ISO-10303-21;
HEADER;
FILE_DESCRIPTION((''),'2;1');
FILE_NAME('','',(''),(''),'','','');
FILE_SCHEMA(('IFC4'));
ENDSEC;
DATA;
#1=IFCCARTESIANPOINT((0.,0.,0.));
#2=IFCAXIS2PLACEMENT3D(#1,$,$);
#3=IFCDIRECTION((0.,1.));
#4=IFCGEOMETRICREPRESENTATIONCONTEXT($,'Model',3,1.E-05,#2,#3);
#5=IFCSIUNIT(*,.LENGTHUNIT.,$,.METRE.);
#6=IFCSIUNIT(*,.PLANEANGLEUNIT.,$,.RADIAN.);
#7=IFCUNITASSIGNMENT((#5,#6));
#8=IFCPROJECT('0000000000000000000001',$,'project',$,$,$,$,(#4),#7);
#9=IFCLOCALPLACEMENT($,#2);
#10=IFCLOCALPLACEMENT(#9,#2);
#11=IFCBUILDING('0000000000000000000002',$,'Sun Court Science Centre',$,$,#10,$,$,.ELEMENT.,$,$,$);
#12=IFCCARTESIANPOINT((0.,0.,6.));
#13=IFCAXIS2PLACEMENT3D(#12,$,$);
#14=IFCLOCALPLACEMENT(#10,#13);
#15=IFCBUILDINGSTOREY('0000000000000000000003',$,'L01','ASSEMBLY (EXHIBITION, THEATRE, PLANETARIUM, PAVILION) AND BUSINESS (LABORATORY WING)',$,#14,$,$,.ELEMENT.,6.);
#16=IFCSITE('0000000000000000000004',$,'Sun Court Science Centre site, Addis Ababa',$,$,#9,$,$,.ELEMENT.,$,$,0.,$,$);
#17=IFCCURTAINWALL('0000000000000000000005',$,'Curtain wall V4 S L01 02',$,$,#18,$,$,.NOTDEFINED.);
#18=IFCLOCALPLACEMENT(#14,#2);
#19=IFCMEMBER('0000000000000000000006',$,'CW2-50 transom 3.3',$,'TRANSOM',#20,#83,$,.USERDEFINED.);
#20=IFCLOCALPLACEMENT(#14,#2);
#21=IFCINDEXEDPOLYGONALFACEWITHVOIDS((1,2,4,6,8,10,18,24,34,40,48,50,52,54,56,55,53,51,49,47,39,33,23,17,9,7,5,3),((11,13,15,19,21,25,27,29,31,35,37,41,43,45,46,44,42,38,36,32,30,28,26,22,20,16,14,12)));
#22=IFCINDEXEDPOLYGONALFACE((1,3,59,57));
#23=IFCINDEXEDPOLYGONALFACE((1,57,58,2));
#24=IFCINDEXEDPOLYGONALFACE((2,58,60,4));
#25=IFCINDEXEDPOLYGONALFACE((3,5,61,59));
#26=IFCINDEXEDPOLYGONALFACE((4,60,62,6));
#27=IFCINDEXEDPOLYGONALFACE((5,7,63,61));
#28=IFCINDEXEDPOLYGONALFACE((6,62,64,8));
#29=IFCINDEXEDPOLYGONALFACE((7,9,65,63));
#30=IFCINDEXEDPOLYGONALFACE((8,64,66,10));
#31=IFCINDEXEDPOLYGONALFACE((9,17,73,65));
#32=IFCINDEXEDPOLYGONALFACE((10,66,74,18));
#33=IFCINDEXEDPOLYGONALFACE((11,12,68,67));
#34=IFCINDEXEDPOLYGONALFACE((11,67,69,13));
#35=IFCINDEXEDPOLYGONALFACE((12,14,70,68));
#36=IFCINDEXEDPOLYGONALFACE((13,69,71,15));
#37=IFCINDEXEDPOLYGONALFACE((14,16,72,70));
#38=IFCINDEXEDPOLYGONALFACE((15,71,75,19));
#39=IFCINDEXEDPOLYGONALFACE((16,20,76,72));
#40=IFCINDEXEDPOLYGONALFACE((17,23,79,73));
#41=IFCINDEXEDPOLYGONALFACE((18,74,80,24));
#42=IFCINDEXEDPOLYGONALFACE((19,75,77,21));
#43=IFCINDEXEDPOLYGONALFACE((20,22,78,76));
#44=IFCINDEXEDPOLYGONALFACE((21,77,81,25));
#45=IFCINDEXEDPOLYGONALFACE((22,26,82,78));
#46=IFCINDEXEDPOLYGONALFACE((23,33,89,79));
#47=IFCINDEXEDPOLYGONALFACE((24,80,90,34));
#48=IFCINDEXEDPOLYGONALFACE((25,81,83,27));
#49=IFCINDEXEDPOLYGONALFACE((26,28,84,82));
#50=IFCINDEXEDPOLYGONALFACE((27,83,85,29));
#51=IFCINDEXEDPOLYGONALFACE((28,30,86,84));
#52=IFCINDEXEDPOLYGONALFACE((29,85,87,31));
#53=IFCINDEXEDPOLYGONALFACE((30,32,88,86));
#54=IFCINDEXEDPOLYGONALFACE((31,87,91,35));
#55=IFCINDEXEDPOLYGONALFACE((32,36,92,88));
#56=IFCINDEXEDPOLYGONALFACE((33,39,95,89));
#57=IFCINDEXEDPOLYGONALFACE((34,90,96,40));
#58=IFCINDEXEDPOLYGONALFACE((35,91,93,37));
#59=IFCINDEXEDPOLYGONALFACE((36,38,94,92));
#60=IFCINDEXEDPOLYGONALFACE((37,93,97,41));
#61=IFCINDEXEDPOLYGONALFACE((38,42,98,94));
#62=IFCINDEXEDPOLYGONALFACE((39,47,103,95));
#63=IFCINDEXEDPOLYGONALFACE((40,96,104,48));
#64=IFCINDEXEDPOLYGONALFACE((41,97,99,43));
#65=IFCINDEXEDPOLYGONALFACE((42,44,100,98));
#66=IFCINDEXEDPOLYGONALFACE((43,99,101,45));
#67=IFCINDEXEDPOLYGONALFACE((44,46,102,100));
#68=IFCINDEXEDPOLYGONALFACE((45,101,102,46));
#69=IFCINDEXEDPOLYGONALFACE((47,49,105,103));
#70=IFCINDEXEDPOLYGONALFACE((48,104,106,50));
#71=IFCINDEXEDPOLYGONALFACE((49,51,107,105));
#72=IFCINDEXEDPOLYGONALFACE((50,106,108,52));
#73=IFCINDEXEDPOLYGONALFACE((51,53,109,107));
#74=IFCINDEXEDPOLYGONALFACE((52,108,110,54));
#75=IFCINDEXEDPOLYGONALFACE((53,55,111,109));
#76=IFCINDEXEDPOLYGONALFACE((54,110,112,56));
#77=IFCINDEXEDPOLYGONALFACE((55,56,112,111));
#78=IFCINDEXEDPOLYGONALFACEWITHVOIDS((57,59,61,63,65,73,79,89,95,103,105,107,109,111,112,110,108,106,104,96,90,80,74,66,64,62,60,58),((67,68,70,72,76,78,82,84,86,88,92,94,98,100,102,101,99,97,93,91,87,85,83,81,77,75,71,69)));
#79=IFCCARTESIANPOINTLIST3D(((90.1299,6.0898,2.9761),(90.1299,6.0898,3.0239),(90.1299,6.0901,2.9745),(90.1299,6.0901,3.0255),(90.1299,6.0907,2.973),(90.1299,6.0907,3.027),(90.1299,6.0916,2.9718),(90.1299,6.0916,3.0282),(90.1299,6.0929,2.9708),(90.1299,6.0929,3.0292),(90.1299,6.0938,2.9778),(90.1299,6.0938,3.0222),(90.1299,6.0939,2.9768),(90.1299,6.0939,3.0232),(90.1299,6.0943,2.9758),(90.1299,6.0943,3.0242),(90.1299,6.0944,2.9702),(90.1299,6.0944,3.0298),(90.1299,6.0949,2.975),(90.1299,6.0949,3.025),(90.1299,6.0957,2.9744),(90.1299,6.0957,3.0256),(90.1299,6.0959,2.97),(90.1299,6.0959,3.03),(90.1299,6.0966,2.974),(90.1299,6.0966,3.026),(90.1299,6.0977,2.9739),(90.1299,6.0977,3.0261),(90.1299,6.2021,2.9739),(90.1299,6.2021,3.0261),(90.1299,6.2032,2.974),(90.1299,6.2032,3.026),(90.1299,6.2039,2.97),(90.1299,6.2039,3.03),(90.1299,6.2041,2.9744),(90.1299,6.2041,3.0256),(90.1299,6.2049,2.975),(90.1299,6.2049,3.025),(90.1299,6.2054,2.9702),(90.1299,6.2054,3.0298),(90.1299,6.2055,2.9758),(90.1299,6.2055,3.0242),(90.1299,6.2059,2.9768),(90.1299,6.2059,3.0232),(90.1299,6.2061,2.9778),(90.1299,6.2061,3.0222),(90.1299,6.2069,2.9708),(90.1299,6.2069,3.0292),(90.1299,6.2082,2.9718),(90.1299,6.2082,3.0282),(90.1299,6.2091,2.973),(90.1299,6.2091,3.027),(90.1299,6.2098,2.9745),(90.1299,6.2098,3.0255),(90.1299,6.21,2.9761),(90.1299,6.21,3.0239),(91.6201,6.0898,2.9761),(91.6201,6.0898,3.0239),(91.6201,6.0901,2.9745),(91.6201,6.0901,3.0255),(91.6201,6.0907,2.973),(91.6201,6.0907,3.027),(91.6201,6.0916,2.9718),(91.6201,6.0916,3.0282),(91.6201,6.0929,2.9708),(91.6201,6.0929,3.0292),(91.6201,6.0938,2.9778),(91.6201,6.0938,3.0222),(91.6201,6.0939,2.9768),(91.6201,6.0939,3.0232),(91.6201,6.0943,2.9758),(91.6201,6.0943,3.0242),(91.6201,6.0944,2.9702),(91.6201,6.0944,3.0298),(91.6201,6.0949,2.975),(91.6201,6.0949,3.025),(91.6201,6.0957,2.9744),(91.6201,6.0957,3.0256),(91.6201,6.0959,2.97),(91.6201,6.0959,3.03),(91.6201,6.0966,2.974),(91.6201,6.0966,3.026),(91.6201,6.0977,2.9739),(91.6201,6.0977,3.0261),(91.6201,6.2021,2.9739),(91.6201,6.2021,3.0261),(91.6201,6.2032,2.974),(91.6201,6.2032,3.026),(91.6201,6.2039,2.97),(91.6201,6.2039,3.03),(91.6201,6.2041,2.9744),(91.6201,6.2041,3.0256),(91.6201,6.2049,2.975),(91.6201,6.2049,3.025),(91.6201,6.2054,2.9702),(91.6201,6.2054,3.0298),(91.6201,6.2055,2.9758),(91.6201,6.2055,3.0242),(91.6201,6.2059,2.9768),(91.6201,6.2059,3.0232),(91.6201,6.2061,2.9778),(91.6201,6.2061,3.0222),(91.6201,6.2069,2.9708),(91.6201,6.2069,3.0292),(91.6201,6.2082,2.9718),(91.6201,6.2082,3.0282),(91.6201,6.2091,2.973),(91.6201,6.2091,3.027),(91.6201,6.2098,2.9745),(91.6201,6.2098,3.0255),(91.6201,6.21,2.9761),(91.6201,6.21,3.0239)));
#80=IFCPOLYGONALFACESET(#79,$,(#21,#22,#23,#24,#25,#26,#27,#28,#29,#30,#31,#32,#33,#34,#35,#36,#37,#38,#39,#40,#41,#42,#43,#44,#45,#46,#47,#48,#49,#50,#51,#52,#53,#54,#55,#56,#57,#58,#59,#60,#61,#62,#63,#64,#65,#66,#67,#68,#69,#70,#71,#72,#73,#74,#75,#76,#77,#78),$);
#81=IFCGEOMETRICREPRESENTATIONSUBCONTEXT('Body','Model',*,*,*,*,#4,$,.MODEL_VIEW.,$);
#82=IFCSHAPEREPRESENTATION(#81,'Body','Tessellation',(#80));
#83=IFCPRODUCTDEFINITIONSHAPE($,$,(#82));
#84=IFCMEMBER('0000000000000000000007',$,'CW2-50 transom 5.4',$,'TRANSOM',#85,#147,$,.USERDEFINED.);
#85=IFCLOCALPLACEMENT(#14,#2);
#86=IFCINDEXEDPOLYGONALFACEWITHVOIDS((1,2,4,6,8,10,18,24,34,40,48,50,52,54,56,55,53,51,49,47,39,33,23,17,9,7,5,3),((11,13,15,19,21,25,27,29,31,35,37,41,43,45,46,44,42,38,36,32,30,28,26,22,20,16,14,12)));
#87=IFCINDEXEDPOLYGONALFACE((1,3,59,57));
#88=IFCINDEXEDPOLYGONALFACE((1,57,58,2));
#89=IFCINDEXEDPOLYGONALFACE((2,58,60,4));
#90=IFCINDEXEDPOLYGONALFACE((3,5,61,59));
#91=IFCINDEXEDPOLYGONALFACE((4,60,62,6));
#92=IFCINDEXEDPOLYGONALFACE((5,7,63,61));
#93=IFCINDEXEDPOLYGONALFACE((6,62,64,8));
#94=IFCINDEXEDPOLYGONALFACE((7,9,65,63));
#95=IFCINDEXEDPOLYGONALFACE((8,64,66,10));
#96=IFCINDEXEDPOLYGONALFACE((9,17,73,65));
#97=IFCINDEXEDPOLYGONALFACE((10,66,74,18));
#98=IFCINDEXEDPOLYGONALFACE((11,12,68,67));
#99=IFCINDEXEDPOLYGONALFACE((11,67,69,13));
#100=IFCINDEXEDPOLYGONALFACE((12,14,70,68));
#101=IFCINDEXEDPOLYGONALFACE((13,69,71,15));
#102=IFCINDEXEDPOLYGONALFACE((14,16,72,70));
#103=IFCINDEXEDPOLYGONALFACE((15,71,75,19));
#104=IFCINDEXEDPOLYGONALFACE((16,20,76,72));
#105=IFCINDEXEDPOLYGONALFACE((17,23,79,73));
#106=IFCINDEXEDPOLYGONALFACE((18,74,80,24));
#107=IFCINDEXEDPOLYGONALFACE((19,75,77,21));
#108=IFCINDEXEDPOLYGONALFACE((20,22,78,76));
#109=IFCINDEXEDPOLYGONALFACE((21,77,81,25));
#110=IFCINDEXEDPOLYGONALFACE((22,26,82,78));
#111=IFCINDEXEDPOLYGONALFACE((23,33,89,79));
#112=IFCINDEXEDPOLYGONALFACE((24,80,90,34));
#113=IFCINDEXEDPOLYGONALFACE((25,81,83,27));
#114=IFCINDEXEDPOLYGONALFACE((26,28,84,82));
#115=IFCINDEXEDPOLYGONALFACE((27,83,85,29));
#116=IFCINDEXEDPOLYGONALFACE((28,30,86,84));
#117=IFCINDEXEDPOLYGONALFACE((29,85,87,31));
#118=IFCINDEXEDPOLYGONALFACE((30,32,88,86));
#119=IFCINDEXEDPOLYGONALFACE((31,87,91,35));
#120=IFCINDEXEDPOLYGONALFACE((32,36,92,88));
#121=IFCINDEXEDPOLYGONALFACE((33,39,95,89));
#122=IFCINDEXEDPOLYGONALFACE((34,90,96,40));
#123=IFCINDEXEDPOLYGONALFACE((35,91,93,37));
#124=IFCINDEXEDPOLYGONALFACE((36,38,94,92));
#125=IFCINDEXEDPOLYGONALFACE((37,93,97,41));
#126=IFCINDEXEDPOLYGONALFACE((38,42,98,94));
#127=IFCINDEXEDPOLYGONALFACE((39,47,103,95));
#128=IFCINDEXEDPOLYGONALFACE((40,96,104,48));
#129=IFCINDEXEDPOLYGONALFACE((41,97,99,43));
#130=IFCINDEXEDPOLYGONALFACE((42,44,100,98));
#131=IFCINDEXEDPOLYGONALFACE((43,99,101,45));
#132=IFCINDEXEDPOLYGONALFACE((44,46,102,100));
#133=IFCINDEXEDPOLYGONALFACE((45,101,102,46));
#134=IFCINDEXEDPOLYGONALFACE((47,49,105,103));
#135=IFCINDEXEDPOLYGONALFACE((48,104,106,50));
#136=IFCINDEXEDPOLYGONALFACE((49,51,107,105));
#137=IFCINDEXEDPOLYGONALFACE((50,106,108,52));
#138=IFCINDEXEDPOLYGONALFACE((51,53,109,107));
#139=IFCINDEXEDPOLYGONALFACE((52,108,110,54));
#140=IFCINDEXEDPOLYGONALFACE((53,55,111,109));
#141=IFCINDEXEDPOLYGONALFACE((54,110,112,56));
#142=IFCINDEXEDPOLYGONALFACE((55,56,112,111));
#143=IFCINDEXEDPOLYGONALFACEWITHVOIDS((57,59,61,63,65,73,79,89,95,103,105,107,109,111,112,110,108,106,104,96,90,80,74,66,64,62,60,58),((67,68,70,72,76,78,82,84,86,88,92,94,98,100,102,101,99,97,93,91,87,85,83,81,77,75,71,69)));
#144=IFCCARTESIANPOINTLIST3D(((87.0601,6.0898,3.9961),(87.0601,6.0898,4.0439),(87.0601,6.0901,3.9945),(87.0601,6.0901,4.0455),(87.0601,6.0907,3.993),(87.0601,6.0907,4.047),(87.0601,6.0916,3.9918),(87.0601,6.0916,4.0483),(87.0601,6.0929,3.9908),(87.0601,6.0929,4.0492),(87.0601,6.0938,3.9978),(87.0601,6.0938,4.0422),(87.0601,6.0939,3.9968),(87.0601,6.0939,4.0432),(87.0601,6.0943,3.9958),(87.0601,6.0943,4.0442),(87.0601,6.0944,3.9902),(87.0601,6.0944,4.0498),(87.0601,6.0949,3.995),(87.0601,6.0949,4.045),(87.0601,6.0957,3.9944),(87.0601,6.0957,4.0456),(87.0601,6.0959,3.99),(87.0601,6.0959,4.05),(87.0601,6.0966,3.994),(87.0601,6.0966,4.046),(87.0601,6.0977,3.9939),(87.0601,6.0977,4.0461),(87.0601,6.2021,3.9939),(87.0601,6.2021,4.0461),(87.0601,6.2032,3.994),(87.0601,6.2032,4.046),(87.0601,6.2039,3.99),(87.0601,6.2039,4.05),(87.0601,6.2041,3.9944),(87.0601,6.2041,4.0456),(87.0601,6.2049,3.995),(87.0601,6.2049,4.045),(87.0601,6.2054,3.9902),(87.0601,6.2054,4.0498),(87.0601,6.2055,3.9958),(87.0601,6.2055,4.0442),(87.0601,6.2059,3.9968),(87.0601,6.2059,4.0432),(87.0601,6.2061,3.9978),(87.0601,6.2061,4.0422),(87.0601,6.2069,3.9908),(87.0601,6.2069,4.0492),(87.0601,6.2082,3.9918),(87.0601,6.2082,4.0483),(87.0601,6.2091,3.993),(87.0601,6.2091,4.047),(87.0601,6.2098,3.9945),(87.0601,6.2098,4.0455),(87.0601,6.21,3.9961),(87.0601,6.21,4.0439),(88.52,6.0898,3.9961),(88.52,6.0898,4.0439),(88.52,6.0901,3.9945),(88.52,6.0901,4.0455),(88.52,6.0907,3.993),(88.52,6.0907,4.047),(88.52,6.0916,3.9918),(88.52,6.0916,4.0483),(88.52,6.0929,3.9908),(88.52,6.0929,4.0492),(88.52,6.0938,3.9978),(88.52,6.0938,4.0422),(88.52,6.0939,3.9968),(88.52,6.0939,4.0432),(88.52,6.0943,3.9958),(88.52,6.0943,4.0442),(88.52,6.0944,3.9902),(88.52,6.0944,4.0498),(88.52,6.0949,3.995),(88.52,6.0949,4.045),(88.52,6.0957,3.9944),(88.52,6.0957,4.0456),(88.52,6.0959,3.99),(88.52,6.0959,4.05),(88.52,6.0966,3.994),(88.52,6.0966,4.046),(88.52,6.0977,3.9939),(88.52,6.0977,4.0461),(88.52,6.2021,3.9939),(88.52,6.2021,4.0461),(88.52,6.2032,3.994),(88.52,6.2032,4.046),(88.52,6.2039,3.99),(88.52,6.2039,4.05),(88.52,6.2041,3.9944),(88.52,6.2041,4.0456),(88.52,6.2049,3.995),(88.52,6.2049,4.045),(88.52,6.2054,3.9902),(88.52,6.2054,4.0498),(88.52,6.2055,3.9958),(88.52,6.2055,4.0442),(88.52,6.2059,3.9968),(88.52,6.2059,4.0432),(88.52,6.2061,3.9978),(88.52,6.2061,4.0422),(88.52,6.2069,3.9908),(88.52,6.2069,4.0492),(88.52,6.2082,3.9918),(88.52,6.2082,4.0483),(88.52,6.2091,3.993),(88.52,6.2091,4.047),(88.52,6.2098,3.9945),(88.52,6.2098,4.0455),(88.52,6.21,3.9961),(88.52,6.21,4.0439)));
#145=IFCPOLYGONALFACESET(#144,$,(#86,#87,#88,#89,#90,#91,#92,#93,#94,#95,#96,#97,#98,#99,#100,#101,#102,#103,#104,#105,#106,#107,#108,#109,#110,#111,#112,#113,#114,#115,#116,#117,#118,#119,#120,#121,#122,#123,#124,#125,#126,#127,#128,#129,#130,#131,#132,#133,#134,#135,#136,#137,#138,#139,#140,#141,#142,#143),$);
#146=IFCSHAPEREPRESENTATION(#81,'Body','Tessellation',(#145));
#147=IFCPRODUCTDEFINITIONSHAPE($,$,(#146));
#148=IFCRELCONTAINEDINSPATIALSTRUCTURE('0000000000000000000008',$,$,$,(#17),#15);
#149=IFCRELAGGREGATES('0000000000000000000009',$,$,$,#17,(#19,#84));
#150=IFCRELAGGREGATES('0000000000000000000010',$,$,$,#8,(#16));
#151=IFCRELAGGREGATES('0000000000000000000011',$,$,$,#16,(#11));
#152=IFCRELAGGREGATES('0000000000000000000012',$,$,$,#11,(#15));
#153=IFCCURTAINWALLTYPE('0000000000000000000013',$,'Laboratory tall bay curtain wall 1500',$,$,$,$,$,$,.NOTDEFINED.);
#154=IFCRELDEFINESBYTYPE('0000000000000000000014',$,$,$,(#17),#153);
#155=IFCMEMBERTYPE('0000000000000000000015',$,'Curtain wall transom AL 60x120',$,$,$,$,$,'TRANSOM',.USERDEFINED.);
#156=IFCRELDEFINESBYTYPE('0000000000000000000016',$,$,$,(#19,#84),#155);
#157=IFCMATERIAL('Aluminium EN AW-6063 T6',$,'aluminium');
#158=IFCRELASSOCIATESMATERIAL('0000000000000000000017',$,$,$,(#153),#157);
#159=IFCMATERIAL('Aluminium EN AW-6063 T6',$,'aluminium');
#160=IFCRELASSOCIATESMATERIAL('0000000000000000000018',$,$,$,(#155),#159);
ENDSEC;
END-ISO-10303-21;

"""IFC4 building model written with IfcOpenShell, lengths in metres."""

from ifc_helpers import new_model, si_unit, direction, frame, origin, origin_2d, place, context, subcontext, project, spatial, hollow_rectangle, extrude, material, material_profile, profile_set, type_object, element, aggregate, save


model = new_model("IFC4")

# Units and contexts
model_context = context("Model", 3, precision=1e-05, world=origin(), true_north=direction((0.0, 1.0)))
body_context = subcontext(model_context, "Body", "Model", "MODEL_VIEW")
ifc_project = project(units=[si_unit("LENGTHUNIT", "METRE"), si_unit("PLANEANGLEUNIT", "RADIAN")], contexts=[model_context])

# Site, building, storey
site_placement = place(None, origin())
site = spatial("IfcSite", under=ifc_project, at=site_placement, Name="Sun Court Science Centre site, Addis Ababa", CompositionType="ELEMENT", RefElevation=0.0)
building_placement = place(site_placement, origin())
building = spatial("IfcBuilding", under=site, at=building_placement, Name="Sun Court Science Centre", CompositionType="ELEMENT")
storey_placement = place(building_placement, frame((0.0, 0.0, 6.0)))
storey = spatial("IfcBuildingStorey", under=building, at=storey_placement, Name="L01", Description="ASSEMBLY (EXHIBITION, THEATRE, PLANETARIUM, PAVILION) AND BUSINESS (LABORATORY WING)", CompositionType="ELEMENT", Elevation=6.0)

# Curtain wall, members
ifc_material_1 = material(Name="Aluminium EN AW-6063 T6", Category="aluminium")
curtain_wall_type = type_object("IfcCurtainWallType", Name="Laboratory tall bay curtain wall 1500", PredefinedType="NOTDEFINED", material=ifc_material_1)
curtain_wall_placement = place(storey_placement, origin())
curtain_wall = element("IfcCurtainWall", 1, at=curtain_wall_placement, inside=storey, type_object=curtain_wall_type, Name="Curtain wall V4 S L01 02", PredefinedType="NOTDEFINED")
ifc_material_2 = material(Name="Aluminium EN AW-6063 T6", Category="aluminium")
ifc_material_profile_1 = material_profile(ifc_material_2, hollow_rectangle(XDim=0.0601, YDim=0.1201, WallThickness=0.0039, InnerFilletRadius=0.0039, OuterFilletRadius=0.0061, at=origin_2d()), Name="AL 60x120x4")
ifc_profile_set_1 = profile_set([ifc_material_profile_1], Name="Aluminium EN AW-6063 T6")
member_type_1 = type_object("IfcMemberType", Name="Curtain wall transom AL 60x120", ElementType="TRANSOM", PredefinedType="USERDEFINED", material=ifc_profile_set_1)
member_1_placement = place(storey_placement, frame((91.6201, 6.1499, 3.0), z_axis=(-1.0, 0.0, 0.0), x_axis=(0.0, 0.0, 1.0)))
member_1 = element("IfcMember", 2, at=member_1_placement, type_object=member_type_1, Name="CW2-50 transom 3.3", ObjectType="TRANSOM", PredefinedType="USERDEFINED", context=body_context, shape_type="SweptSolid", body=[
    extrude(hollow_rectangle(XDim=0.0601, YDim=0.1201, WallThickness=0.0039, InnerFilletRadius=0.0039, OuterFilletRadius=0.0061, at=origin_2d()), origin(), (0.0, 0.0, 1.0), 1.4902),
])
member_2_placement = place(storey_placement, frame((88.52, 6.1499, 4.02), z_axis=(-1.0, 0.0, 0.0), x_axis=(0.0, 0.0, 1.0)))
member_2 = element("IfcMember", 3, at=member_2_placement, type_object=member_type_1, Name="CW2-50 transom 5.4", ObjectType="TRANSOM", PredefinedType="USERDEFINED", context=body_context, shape_type="SweptSolid", body=[
    extrude(hollow_rectangle(XDim=0.0601, YDim=0.1201, WallThickness=0.0039, InnerFilletRadius=0.0039, OuterFilletRadius=0.0061, at=origin_2d()), origin(), (0.0, 0.0, 1.0), 1.46),
])

aggregate(curtain_wall, [member_1, member_2])

save(model, "model.ifc")
